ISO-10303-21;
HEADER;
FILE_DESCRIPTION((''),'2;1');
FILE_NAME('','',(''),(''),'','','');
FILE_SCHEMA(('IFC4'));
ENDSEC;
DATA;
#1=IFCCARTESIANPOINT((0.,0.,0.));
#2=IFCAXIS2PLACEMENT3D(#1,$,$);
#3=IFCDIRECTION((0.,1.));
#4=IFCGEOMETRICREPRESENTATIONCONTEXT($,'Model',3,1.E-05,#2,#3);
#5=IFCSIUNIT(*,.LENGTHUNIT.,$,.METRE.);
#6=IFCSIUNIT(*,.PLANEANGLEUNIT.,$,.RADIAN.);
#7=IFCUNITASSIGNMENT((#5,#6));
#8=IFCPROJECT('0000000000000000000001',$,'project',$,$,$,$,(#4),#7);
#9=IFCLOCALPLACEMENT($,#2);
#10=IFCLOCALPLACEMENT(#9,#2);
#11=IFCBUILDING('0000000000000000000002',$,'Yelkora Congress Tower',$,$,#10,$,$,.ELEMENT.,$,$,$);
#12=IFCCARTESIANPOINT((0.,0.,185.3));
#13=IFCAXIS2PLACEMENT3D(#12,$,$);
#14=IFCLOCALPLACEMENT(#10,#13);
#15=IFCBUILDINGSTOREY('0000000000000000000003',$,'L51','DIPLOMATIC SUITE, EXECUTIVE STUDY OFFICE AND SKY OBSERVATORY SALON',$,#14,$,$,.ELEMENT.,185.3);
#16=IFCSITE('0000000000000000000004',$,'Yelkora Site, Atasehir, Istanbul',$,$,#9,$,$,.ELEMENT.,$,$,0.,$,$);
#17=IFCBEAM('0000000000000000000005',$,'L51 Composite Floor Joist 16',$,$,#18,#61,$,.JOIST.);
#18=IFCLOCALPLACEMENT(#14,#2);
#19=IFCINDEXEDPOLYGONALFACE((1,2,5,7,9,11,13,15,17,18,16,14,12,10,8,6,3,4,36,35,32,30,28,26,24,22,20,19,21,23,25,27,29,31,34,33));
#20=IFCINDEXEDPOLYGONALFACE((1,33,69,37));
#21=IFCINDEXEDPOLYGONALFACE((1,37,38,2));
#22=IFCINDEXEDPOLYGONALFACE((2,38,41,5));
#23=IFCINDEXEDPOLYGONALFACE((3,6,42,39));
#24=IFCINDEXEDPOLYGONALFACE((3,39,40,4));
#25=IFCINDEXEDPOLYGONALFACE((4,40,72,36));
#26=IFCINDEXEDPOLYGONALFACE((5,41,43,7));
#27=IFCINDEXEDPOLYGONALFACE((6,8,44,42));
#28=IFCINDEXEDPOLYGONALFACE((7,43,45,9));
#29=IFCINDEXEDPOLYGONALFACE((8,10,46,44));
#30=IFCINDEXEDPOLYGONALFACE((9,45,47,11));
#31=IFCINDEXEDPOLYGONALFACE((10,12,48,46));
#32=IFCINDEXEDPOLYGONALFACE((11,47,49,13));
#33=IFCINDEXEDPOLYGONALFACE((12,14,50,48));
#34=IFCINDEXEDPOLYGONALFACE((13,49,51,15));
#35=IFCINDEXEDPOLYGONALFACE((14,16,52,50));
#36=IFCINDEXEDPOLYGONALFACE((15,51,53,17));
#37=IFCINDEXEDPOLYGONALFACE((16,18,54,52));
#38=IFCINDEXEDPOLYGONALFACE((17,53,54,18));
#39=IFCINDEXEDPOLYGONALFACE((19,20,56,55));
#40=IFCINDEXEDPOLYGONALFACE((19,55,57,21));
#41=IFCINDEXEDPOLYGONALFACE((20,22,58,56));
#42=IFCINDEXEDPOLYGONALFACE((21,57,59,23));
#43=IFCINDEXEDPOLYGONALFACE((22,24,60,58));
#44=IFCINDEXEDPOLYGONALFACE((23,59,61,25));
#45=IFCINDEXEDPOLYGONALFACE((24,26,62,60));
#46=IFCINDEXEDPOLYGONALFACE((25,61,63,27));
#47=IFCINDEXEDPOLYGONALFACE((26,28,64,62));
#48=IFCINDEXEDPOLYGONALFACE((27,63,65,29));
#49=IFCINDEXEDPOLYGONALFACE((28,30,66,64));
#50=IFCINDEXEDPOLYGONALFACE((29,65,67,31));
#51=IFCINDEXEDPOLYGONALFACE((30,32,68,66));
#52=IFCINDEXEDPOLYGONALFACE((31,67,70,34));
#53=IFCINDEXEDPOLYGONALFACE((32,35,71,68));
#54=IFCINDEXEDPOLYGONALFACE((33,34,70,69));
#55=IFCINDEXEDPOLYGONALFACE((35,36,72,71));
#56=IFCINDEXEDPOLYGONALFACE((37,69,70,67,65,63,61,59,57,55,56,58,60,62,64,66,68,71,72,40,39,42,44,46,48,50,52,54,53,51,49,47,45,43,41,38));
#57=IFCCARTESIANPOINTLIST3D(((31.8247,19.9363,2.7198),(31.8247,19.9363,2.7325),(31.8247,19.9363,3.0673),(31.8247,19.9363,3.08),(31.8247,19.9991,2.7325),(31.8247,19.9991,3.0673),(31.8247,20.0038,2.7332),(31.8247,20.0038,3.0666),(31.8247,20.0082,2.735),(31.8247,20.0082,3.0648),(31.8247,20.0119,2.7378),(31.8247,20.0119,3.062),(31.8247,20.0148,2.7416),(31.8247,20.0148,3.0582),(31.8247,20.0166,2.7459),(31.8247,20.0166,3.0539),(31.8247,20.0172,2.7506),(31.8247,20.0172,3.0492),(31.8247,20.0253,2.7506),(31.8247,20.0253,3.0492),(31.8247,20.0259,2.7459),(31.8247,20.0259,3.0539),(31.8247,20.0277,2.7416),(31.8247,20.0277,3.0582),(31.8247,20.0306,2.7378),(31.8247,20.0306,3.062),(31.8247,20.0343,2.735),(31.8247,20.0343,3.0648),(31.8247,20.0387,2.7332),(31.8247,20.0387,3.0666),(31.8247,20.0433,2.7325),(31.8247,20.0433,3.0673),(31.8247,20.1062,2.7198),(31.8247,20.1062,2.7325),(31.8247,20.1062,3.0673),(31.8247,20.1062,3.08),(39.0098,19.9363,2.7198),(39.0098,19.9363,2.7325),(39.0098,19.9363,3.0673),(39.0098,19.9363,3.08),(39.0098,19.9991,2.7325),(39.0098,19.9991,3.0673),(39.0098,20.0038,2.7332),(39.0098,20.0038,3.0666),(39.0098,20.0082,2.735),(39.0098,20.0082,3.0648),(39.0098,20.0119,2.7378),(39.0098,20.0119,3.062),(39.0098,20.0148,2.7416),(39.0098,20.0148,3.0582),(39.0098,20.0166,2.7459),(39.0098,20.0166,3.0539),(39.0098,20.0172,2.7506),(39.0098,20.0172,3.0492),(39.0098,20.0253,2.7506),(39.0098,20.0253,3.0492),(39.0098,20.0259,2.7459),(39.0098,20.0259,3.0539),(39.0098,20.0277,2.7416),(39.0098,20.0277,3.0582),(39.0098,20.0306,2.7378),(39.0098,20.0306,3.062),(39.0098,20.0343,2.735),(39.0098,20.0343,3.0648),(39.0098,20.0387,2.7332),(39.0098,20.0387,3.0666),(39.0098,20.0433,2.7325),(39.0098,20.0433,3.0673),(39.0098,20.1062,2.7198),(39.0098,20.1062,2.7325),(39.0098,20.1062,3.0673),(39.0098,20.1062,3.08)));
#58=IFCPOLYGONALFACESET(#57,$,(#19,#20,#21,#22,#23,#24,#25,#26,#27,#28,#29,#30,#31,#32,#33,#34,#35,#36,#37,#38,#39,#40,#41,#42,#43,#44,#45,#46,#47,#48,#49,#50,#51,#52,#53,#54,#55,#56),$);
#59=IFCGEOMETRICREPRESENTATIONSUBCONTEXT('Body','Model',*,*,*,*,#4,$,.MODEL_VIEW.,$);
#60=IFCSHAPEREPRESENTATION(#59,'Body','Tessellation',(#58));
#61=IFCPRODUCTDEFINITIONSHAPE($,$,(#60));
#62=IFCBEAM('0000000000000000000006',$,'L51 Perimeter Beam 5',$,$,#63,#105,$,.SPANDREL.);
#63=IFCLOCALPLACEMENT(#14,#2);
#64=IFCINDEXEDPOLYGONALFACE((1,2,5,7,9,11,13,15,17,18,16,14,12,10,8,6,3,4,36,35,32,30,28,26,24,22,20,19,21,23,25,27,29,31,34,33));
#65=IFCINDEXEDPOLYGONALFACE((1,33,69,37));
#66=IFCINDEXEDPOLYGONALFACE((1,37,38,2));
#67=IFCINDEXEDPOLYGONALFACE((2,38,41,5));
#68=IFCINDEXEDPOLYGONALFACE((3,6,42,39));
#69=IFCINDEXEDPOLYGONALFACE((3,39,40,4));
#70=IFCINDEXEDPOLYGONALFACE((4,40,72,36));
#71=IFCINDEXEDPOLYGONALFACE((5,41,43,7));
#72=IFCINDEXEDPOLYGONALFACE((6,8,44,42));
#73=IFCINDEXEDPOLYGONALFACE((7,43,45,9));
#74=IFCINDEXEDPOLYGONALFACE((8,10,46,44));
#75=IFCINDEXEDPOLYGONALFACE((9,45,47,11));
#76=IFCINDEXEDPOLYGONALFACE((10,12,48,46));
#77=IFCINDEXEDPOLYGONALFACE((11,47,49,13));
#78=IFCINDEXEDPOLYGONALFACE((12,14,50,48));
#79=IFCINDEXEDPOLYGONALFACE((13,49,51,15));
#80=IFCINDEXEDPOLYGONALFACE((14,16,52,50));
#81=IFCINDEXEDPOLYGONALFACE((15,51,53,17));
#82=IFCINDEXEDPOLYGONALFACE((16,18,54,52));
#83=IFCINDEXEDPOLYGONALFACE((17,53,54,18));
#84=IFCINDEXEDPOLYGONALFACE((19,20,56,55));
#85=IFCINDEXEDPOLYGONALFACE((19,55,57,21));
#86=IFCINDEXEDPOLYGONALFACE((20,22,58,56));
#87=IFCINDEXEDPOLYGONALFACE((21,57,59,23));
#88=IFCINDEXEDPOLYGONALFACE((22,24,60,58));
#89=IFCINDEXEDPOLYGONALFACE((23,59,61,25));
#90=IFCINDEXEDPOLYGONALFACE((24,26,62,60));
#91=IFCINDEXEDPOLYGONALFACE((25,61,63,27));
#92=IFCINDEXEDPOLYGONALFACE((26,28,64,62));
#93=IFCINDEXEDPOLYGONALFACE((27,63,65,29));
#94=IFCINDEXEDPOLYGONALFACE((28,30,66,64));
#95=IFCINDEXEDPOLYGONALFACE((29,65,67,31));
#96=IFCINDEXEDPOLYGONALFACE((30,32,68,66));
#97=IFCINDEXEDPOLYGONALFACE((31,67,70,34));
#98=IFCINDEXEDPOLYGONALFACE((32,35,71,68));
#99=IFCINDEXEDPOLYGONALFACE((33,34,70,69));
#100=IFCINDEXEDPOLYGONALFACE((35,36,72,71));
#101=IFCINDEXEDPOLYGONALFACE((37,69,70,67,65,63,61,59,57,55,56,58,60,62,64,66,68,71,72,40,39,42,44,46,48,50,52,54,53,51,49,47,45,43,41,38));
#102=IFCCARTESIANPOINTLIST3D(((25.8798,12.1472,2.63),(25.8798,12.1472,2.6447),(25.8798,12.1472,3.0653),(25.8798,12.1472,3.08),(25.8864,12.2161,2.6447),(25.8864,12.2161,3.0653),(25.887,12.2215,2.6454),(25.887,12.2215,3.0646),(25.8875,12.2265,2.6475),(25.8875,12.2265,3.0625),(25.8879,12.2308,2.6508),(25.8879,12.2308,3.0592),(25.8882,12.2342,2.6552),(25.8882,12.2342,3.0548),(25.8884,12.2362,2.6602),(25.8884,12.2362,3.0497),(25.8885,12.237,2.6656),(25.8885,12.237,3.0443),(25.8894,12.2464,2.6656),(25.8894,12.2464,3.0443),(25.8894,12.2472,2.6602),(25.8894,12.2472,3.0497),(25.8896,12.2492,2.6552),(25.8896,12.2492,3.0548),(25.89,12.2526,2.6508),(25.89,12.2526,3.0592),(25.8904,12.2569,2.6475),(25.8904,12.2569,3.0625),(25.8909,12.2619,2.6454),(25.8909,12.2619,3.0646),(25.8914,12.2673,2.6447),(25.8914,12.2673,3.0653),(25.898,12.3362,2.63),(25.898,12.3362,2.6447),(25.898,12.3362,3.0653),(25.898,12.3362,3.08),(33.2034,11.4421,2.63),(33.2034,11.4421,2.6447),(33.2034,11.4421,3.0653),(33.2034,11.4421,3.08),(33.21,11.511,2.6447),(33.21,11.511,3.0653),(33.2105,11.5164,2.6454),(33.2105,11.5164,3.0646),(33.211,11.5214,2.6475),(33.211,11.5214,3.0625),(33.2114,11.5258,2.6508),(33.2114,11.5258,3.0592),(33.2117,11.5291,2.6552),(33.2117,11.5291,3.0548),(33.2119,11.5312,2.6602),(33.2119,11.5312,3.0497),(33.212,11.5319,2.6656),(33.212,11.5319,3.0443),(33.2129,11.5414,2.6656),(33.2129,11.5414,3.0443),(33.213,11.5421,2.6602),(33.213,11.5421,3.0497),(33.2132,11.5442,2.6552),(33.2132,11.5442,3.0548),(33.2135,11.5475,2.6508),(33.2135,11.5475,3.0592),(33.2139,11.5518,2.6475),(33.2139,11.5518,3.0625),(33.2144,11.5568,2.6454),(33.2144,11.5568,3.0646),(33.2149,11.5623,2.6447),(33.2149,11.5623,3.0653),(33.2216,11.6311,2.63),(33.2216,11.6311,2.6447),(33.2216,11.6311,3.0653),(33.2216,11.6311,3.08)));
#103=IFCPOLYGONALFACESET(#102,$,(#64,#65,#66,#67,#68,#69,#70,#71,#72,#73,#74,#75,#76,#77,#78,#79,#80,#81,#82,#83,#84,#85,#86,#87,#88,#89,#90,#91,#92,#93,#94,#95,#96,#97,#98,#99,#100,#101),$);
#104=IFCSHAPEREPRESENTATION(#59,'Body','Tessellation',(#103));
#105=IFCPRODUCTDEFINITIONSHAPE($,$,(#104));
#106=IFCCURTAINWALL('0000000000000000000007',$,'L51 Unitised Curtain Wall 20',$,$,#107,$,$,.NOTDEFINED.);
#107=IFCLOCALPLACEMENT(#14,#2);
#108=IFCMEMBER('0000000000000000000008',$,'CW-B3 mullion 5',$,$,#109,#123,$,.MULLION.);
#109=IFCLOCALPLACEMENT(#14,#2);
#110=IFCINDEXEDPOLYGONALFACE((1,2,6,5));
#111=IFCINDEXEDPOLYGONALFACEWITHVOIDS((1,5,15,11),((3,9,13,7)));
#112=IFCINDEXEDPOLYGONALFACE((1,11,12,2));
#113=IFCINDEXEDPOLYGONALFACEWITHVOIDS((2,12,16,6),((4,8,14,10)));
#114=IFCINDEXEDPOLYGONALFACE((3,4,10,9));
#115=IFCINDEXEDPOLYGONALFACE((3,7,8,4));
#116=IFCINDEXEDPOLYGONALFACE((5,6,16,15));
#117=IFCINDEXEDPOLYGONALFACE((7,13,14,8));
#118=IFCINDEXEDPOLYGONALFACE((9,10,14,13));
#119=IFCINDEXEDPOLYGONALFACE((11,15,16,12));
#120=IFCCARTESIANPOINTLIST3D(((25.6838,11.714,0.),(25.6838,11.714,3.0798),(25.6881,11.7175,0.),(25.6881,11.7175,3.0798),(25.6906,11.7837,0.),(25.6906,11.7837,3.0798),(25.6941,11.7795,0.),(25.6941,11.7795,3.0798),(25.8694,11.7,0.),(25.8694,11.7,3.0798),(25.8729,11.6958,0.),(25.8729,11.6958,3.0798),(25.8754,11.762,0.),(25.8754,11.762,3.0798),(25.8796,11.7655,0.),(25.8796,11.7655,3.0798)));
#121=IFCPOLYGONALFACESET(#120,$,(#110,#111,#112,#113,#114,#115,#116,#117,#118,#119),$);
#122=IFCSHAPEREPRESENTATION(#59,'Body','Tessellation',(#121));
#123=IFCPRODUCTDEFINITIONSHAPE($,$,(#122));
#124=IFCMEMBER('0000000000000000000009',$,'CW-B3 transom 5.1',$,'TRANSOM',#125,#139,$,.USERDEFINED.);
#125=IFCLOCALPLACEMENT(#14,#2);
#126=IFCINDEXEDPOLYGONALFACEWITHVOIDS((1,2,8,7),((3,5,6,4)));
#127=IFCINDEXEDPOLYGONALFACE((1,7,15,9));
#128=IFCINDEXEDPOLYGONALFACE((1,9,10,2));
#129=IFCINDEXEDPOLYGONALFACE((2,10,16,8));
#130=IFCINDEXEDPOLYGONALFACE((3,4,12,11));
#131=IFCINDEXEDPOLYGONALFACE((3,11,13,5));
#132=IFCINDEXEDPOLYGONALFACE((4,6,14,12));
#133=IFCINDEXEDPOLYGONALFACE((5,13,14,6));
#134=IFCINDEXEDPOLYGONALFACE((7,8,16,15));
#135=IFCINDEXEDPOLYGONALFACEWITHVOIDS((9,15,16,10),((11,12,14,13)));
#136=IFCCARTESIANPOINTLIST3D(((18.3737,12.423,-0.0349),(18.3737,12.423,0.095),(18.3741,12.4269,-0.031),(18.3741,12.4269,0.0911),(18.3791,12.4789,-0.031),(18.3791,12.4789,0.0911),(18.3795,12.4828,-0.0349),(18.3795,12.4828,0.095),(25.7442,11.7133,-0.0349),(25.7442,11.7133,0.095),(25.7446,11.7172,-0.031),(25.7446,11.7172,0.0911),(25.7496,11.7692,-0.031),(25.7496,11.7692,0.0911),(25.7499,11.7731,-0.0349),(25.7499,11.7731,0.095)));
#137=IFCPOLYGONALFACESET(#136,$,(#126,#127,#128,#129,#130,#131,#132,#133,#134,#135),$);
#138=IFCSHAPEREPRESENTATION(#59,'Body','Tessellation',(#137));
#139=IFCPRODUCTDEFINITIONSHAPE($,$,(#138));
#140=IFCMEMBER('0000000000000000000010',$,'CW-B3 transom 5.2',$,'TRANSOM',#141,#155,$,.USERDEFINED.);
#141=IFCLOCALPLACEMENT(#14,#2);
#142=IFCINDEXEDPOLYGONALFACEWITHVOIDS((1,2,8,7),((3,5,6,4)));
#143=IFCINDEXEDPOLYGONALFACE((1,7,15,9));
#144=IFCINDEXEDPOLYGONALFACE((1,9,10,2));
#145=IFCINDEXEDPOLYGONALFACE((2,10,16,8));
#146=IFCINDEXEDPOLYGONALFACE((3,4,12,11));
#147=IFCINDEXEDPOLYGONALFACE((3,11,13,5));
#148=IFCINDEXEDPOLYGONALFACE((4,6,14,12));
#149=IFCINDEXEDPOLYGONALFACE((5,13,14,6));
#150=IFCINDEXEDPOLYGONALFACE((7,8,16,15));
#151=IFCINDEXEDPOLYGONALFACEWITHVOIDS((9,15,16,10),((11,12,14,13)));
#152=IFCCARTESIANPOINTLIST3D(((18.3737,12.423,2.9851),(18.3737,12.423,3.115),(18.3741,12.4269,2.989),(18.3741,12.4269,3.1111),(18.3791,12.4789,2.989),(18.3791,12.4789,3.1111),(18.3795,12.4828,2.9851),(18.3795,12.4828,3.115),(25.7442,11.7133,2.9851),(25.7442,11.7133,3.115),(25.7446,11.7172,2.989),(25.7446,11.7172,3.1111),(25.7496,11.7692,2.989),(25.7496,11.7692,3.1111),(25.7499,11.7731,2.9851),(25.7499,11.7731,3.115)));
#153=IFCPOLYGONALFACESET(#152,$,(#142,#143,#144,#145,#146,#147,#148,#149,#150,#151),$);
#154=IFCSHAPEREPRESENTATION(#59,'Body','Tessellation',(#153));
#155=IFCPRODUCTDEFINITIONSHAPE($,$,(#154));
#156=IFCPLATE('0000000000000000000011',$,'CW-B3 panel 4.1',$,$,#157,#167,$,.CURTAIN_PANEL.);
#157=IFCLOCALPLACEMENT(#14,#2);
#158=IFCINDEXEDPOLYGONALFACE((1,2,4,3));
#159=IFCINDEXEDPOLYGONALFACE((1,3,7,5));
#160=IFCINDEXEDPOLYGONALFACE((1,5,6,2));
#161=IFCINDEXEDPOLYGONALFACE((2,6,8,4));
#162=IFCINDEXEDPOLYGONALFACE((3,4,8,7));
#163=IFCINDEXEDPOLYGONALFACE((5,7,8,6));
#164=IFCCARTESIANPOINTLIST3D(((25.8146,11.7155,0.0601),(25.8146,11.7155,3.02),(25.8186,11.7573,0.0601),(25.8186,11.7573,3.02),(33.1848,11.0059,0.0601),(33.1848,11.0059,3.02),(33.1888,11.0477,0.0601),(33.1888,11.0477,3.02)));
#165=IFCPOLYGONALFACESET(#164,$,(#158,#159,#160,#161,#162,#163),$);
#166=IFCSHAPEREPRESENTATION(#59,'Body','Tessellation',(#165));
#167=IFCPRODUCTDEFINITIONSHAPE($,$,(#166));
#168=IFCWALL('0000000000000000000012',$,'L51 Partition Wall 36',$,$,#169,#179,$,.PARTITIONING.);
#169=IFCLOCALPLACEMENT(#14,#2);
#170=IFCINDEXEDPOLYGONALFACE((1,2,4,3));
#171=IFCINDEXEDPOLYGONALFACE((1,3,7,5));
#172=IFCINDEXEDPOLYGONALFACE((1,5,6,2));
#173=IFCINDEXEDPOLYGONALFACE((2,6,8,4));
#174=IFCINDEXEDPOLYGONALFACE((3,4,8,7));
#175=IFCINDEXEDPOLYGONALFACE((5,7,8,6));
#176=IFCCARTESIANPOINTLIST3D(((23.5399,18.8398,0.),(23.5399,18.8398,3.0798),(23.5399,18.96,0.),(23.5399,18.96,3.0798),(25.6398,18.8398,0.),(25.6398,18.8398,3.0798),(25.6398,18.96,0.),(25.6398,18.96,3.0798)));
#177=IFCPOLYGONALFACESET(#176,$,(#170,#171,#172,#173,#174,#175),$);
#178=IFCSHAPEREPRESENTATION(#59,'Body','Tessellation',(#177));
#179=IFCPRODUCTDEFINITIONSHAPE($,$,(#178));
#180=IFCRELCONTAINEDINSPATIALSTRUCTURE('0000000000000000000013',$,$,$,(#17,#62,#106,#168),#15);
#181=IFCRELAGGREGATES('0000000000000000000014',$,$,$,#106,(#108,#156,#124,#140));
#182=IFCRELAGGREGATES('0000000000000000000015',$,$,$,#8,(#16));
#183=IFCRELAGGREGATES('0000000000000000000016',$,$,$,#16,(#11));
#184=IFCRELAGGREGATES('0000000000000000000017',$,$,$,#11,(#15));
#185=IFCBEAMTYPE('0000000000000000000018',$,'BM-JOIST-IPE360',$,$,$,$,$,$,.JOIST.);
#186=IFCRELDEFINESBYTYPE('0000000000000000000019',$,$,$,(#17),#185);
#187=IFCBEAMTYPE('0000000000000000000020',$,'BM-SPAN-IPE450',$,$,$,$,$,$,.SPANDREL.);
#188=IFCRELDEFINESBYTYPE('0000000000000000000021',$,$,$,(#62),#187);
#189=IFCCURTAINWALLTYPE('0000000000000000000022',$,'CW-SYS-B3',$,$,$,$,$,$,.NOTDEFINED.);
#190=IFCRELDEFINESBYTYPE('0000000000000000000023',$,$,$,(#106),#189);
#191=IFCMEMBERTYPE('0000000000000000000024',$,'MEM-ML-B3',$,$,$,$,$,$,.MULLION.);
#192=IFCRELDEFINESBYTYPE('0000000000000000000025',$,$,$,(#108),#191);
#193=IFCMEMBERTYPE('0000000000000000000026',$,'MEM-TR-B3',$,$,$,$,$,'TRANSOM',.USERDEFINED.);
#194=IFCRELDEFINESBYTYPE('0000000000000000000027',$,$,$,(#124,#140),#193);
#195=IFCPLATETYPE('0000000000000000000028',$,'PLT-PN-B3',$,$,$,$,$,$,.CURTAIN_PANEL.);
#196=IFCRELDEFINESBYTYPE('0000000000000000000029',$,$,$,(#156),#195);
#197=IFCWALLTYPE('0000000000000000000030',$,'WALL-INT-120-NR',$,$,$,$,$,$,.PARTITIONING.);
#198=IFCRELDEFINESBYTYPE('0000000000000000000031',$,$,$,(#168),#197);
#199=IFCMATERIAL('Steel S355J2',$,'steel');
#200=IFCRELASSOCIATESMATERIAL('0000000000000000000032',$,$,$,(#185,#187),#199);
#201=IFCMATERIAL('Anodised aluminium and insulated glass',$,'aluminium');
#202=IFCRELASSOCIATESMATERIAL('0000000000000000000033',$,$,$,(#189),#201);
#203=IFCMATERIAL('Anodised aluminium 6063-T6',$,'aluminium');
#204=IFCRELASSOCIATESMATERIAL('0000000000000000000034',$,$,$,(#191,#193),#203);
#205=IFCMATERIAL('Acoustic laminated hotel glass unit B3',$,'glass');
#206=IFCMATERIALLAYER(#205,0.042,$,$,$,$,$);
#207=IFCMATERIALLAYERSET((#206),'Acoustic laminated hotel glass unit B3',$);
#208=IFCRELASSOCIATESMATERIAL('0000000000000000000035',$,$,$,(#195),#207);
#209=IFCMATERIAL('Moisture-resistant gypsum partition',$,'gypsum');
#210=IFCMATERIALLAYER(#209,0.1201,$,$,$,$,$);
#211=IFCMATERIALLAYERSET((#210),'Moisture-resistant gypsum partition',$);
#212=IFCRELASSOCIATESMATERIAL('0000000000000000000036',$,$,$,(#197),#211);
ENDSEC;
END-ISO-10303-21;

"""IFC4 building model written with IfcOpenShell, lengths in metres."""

from ifc_helpers import new_model, si_unit, direction, frame, frame_2d, origin, origin_2d, place, context, subcontext, project, spatial, rectangle, hollow_rectangle, i_section, extrude, material, layer, layer_set, material_profile, profile_set, type_object, element, aggregate, save


model = new_model("IFC4")

# Units and contexts
model_context = context("Model", 3, precision=1e-05, world=origin(), true_north=direction((0.0, 1.0)))
body_context = subcontext(model_context, "Body", "Model", "MODEL_VIEW")
ifc_project = project(units=[si_unit("LENGTHUNIT", "METRE"), si_unit("PLANEANGLEUNIT", "RADIAN")], contexts=[model_context])

# Site, building, storey
site_placement = place(None, origin())
site = spatial("IfcSite", under=ifc_project, at=site_placement, Name="Yelkora Site, Atasehir, Istanbul", CompositionType="ELEMENT", RefElevation=0.0)
building_placement = place(site_placement, origin())
building = spatial("IfcBuilding", under=site, at=building_placement, Name="Yelkora Congress Tower", CompositionType="ELEMENT")
storey_placement = place(building_placement, frame((0.0, 0.0, 185.3)))
storey = spatial("IfcBuildingStorey", under=building, at=storey_placement, Name="L51", Description="DIPLOMATIC SUITE, EXECUTIVE STUDY OFFICE AND SKY OBSERVATORY SALON", CompositionType="ELEMENT", Elevation=185.3)

# Beams
ifc_material_1 = material(Name="Steel S355J2", Category="steel")
ifc_material_profile_1 = material_profile(ifc_material_1, i_section(OverallWidth=0.1699, OverallDepth=0.3601, WebThickness=0.0081, FlangeThickness=0.0127, FilletRadius=0.0181, at=origin_2d()), Name="IPE 360")
ifc_profile_set_1 = profile_set([ifc_material_profile_1], Name="Steel S355J2")
beam_type_1 = type_object("IfcBeamType", Name="BM-JOIST-IPE360", PredefinedType="JOIST", material=ifc_profile_set_1)
beam_1_placement = place(storey_placement, frame((31.8247, 20.0212, 2.8999), z_axis=(1.0, 0.0, 0.0), x_axis=(0.0, 1.0, 0.0)))
element("IfcBeam", 1, at=beam_1_placement, inside=storey, type_object=beam_type_1, Name="L51 Composite Floor Joist 16", PredefinedType="JOIST", context=body_context, shape_type="SweptSolid", body=[
    extrude(i_section(OverallWidth=0.1699, OverallDepth=0.3601, WebThickness=0.0081, FlangeThickness=0.0127, FilletRadius=0.0181, at=origin_2d()), origin(), (0.0, 0.0, 1.0), 7.1851),
])
ifc_material_profile_2 = material_profile(ifc_material_1, i_section(OverallWidth=0.1899, OverallDepth=0.45, WebThickness=0.0095, FlangeThickness=0.0146, FilletRadius=0.021, at=origin_2d()), Name="IPE 450")
ifc_profile_set_2 = profile_set([ifc_material_profile_2], Name="Steel S355J2")
beam_type_2 = type_object("IfcBeamType", Name="BM-SPAN-IPE450", PredefinedType="SPANDREL", material=ifc_profile_set_2)
beam_2_placement = place(storey_placement, frame((25.8889, 12.2417, 2.855), z_axis=(0.995397, -0.095833, 0.0), x_axis=(0.095833, 0.995397, 0.0)))
element("IfcBeam", 2, at=beam_2_placement, inside=storey, type_object=beam_type_2, Name="L51 Perimeter Beam 5", PredefinedType="SPANDREL", context=body_context, shape_type="SweptSolid", body=[
    extrude(i_section(OverallWidth=0.1899, OverallDepth=0.45, WebThickness=0.0095, FlangeThickness=0.0146, FilletRadius=0.021, at=origin_2d()), origin(), (0.0, 0.0, 1.0), 7.3574),
])

# Curtain wall, members, plate
ifc_material_2 = material(Name="Anodised aluminium and insulated glass", Category="aluminium")
curtain_wall_type = type_object("IfcCurtainWallType", Name="CW-SYS-B3", PredefinedType="NOTDEFINED", material=ifc_material_2)
curtain_wall_placement = place(storey_placement, origin())
curtain_wall = element("IfcCurtainWall", 3, at=curtain_wall_placement, inside=storey, type_object=curtain_wall_type, Name="L51 Unitised Curtain Wall 20", PredefinedType="NOTDEFINED")
ifc_material_3 = material(Name="Anodised aluminium 6063-T6", Category="aluminium")
ifc_material_profile_3 = material_profile(ifc_material_3, hollow_rectangle(XDim=0.0701, YDim=0.1899, WallThickness=0.0039, at=origin_2d()), Name="ALU 70x190x4")
ifc_profile_set_3 = profile_set([ifc_material_profile_3], Name="Anodised aluminium 6063-T6")
member_type_1 = type_object("IfcMemberType", Name="MEM-ML-B3", PredefinedType="MULLION", material=ifc_profile_set_3)
member_1_placement = place(storey_placement, frame((25.7817, 11.7397, 0.0), z_axis=(0.0, 0.0, 1.0), x_axis=(-0.095845, -0.995396, 0.0)))
member_1 = element("IfcMember", 4, at=member_1_placement, type_object=member_type_1, Name="CW-B3 mullion 5", PredefinedType="MULLION", context=body_context, shape_type="SweptSolid", body=[
    extrude(hollow_rectangle(XDim=0.0701, YDim=0.1899, WallThickness=0.0039, at=origin_2d()), origin(), (0.0, 0.0, 1.0), 3.0798),
])
ifc_material_profile_4 = material_profile(ifc_material_3, hollow_rectangle(XDim=0.0601, YDim=0.1299, WallThickness=0.0039, at=origin_2d()), Name="ALU 60x130x4")
ifc_profile_set_4 = profile_set([ifc_material_profile_4], Name="Anodised aluminium 6063-T6")
member_type_2 = type_object("IfcMemberType", Name="MEM-TR-B3", ElementType="TRANSOM", PredefinedType="USERDEFINED", material=ifc_profile_set_4)
member_2_placement = place(storey_placement, frame((25.7471, 11.7432, 0.03), z_axis=(-0.995396, 0.09585, 0.0), x_axis=(-0.09585, -0.995396, 0.0)))
member_2 = element("IfcMember", 5, at=member_2_placement, type_object=member_type_2, Name="CW-B3 transom 5.1", ObjectType="TRANSOM", PredefinedType="USERDEFINED", context=body_context, shape_type="SweptSolid", body=[
    extrude(hollow_rectangle(XDim=0.0601, YDim=0.1299, WallThickness=0.0039, at=origin_2d()), origin(), (0.0, 0.0, 1.0), 7.4045),
])
member_3_placement = place(storey_placement, frame((25.7471, 11.7432, 3.05), z_axis=(-0.995396, 0.09585, 0.0), x_axis=(-0.09585, -0.995396, 0.0)))
member_3 = element("IfcMember", 6, at=member_3_placement, type_object=member_type_2, Name="CW-B3 transom 5.2", ObjectType="TRANSOM", PredefinedType="USERDEFINED", context=body_context, shape_type="SweptSolid", body=[
    extrude(hollow_rectangle(XDim=0.0601, YDim=0.1299, WallThickness=0.0039, at=origin_2d()), origin(), (0.0, 0.0, 1.0), 7.4045),
])
ifc_material_4 = material(Name="Acoustic laminated hotel glass unit B3", Category="glass")
ifc_layer_1 = layer(ifc_material_4, 0.042)
ifc_layer_set_1 = layer_set([ifc_layer_1], Name="Acoustic laminated hotel glass unit B3")
plate_type = type_object("IfcPlateType", Name="PLT-PN-B3", PredefinedType="CURTAIN_PANEL", material=ifc_layer_set_1)
plate_placement = place(storey_placement, frame((29.5017, 11.3816, 0.0601), z_axis=(0.0, 0.0, 1.0), x_axis=(-0.995396, 0.095845, 0.0)))
plate = element("IfcPlate", 7, at=plate_placement, type_object=plate_type, Name="CW-B3 panel 4.1", PredefinedType="CURTAIN_PANEL", context=body_context, shape_type="SweptSolid", body=[
    extrude(rectangle(XDim=7.4043, YDim=0.042, at=origin_2d()), origin(), (0.0, 0.0, 1.0), 2.96),
])
aggregate(curtain_wall, [member_1, plate, member_2, member_3])

# Wall
ifc_material_5 = material(Name="Moisture-resistant gypsum partition", Category="gypsum")
ifc_layer_2 = layer(ifc_material_5, 0.1201)
ifc_layer_set_2 = layer_set([ifc_layer_2], Name="Moisture-resistant gypsum partition")
wall_type_1 = type_object("IfcWallType", Name="WALL-INT-120-NR", PredefinedType="PARTITIONING", material=ifc_layer_set_2)
wall_1_placement = place(storey_placement, frame((23.54, 18.8999, 0.0), z_axis=(0.0, 0.0, 1.0), x_axis=(1.0, 0.0, 0.0)))
element("IfcWall", 8, at=wall_1_placement, inside=storey, type_object=wall_type_1, Name="L51 Partition Wall 36", PredefinedType="PARTITIONING", context=body_context, shape_type="SweptSolid", body=[
    extrude(rectangle(XDim=2.0999, YDim=0.1201, at=frame_2d((1.0498, 0.0))), origin(), (0.0, 0.0, 1.0), 3.0798),
])

save(model, "model.ifc")
